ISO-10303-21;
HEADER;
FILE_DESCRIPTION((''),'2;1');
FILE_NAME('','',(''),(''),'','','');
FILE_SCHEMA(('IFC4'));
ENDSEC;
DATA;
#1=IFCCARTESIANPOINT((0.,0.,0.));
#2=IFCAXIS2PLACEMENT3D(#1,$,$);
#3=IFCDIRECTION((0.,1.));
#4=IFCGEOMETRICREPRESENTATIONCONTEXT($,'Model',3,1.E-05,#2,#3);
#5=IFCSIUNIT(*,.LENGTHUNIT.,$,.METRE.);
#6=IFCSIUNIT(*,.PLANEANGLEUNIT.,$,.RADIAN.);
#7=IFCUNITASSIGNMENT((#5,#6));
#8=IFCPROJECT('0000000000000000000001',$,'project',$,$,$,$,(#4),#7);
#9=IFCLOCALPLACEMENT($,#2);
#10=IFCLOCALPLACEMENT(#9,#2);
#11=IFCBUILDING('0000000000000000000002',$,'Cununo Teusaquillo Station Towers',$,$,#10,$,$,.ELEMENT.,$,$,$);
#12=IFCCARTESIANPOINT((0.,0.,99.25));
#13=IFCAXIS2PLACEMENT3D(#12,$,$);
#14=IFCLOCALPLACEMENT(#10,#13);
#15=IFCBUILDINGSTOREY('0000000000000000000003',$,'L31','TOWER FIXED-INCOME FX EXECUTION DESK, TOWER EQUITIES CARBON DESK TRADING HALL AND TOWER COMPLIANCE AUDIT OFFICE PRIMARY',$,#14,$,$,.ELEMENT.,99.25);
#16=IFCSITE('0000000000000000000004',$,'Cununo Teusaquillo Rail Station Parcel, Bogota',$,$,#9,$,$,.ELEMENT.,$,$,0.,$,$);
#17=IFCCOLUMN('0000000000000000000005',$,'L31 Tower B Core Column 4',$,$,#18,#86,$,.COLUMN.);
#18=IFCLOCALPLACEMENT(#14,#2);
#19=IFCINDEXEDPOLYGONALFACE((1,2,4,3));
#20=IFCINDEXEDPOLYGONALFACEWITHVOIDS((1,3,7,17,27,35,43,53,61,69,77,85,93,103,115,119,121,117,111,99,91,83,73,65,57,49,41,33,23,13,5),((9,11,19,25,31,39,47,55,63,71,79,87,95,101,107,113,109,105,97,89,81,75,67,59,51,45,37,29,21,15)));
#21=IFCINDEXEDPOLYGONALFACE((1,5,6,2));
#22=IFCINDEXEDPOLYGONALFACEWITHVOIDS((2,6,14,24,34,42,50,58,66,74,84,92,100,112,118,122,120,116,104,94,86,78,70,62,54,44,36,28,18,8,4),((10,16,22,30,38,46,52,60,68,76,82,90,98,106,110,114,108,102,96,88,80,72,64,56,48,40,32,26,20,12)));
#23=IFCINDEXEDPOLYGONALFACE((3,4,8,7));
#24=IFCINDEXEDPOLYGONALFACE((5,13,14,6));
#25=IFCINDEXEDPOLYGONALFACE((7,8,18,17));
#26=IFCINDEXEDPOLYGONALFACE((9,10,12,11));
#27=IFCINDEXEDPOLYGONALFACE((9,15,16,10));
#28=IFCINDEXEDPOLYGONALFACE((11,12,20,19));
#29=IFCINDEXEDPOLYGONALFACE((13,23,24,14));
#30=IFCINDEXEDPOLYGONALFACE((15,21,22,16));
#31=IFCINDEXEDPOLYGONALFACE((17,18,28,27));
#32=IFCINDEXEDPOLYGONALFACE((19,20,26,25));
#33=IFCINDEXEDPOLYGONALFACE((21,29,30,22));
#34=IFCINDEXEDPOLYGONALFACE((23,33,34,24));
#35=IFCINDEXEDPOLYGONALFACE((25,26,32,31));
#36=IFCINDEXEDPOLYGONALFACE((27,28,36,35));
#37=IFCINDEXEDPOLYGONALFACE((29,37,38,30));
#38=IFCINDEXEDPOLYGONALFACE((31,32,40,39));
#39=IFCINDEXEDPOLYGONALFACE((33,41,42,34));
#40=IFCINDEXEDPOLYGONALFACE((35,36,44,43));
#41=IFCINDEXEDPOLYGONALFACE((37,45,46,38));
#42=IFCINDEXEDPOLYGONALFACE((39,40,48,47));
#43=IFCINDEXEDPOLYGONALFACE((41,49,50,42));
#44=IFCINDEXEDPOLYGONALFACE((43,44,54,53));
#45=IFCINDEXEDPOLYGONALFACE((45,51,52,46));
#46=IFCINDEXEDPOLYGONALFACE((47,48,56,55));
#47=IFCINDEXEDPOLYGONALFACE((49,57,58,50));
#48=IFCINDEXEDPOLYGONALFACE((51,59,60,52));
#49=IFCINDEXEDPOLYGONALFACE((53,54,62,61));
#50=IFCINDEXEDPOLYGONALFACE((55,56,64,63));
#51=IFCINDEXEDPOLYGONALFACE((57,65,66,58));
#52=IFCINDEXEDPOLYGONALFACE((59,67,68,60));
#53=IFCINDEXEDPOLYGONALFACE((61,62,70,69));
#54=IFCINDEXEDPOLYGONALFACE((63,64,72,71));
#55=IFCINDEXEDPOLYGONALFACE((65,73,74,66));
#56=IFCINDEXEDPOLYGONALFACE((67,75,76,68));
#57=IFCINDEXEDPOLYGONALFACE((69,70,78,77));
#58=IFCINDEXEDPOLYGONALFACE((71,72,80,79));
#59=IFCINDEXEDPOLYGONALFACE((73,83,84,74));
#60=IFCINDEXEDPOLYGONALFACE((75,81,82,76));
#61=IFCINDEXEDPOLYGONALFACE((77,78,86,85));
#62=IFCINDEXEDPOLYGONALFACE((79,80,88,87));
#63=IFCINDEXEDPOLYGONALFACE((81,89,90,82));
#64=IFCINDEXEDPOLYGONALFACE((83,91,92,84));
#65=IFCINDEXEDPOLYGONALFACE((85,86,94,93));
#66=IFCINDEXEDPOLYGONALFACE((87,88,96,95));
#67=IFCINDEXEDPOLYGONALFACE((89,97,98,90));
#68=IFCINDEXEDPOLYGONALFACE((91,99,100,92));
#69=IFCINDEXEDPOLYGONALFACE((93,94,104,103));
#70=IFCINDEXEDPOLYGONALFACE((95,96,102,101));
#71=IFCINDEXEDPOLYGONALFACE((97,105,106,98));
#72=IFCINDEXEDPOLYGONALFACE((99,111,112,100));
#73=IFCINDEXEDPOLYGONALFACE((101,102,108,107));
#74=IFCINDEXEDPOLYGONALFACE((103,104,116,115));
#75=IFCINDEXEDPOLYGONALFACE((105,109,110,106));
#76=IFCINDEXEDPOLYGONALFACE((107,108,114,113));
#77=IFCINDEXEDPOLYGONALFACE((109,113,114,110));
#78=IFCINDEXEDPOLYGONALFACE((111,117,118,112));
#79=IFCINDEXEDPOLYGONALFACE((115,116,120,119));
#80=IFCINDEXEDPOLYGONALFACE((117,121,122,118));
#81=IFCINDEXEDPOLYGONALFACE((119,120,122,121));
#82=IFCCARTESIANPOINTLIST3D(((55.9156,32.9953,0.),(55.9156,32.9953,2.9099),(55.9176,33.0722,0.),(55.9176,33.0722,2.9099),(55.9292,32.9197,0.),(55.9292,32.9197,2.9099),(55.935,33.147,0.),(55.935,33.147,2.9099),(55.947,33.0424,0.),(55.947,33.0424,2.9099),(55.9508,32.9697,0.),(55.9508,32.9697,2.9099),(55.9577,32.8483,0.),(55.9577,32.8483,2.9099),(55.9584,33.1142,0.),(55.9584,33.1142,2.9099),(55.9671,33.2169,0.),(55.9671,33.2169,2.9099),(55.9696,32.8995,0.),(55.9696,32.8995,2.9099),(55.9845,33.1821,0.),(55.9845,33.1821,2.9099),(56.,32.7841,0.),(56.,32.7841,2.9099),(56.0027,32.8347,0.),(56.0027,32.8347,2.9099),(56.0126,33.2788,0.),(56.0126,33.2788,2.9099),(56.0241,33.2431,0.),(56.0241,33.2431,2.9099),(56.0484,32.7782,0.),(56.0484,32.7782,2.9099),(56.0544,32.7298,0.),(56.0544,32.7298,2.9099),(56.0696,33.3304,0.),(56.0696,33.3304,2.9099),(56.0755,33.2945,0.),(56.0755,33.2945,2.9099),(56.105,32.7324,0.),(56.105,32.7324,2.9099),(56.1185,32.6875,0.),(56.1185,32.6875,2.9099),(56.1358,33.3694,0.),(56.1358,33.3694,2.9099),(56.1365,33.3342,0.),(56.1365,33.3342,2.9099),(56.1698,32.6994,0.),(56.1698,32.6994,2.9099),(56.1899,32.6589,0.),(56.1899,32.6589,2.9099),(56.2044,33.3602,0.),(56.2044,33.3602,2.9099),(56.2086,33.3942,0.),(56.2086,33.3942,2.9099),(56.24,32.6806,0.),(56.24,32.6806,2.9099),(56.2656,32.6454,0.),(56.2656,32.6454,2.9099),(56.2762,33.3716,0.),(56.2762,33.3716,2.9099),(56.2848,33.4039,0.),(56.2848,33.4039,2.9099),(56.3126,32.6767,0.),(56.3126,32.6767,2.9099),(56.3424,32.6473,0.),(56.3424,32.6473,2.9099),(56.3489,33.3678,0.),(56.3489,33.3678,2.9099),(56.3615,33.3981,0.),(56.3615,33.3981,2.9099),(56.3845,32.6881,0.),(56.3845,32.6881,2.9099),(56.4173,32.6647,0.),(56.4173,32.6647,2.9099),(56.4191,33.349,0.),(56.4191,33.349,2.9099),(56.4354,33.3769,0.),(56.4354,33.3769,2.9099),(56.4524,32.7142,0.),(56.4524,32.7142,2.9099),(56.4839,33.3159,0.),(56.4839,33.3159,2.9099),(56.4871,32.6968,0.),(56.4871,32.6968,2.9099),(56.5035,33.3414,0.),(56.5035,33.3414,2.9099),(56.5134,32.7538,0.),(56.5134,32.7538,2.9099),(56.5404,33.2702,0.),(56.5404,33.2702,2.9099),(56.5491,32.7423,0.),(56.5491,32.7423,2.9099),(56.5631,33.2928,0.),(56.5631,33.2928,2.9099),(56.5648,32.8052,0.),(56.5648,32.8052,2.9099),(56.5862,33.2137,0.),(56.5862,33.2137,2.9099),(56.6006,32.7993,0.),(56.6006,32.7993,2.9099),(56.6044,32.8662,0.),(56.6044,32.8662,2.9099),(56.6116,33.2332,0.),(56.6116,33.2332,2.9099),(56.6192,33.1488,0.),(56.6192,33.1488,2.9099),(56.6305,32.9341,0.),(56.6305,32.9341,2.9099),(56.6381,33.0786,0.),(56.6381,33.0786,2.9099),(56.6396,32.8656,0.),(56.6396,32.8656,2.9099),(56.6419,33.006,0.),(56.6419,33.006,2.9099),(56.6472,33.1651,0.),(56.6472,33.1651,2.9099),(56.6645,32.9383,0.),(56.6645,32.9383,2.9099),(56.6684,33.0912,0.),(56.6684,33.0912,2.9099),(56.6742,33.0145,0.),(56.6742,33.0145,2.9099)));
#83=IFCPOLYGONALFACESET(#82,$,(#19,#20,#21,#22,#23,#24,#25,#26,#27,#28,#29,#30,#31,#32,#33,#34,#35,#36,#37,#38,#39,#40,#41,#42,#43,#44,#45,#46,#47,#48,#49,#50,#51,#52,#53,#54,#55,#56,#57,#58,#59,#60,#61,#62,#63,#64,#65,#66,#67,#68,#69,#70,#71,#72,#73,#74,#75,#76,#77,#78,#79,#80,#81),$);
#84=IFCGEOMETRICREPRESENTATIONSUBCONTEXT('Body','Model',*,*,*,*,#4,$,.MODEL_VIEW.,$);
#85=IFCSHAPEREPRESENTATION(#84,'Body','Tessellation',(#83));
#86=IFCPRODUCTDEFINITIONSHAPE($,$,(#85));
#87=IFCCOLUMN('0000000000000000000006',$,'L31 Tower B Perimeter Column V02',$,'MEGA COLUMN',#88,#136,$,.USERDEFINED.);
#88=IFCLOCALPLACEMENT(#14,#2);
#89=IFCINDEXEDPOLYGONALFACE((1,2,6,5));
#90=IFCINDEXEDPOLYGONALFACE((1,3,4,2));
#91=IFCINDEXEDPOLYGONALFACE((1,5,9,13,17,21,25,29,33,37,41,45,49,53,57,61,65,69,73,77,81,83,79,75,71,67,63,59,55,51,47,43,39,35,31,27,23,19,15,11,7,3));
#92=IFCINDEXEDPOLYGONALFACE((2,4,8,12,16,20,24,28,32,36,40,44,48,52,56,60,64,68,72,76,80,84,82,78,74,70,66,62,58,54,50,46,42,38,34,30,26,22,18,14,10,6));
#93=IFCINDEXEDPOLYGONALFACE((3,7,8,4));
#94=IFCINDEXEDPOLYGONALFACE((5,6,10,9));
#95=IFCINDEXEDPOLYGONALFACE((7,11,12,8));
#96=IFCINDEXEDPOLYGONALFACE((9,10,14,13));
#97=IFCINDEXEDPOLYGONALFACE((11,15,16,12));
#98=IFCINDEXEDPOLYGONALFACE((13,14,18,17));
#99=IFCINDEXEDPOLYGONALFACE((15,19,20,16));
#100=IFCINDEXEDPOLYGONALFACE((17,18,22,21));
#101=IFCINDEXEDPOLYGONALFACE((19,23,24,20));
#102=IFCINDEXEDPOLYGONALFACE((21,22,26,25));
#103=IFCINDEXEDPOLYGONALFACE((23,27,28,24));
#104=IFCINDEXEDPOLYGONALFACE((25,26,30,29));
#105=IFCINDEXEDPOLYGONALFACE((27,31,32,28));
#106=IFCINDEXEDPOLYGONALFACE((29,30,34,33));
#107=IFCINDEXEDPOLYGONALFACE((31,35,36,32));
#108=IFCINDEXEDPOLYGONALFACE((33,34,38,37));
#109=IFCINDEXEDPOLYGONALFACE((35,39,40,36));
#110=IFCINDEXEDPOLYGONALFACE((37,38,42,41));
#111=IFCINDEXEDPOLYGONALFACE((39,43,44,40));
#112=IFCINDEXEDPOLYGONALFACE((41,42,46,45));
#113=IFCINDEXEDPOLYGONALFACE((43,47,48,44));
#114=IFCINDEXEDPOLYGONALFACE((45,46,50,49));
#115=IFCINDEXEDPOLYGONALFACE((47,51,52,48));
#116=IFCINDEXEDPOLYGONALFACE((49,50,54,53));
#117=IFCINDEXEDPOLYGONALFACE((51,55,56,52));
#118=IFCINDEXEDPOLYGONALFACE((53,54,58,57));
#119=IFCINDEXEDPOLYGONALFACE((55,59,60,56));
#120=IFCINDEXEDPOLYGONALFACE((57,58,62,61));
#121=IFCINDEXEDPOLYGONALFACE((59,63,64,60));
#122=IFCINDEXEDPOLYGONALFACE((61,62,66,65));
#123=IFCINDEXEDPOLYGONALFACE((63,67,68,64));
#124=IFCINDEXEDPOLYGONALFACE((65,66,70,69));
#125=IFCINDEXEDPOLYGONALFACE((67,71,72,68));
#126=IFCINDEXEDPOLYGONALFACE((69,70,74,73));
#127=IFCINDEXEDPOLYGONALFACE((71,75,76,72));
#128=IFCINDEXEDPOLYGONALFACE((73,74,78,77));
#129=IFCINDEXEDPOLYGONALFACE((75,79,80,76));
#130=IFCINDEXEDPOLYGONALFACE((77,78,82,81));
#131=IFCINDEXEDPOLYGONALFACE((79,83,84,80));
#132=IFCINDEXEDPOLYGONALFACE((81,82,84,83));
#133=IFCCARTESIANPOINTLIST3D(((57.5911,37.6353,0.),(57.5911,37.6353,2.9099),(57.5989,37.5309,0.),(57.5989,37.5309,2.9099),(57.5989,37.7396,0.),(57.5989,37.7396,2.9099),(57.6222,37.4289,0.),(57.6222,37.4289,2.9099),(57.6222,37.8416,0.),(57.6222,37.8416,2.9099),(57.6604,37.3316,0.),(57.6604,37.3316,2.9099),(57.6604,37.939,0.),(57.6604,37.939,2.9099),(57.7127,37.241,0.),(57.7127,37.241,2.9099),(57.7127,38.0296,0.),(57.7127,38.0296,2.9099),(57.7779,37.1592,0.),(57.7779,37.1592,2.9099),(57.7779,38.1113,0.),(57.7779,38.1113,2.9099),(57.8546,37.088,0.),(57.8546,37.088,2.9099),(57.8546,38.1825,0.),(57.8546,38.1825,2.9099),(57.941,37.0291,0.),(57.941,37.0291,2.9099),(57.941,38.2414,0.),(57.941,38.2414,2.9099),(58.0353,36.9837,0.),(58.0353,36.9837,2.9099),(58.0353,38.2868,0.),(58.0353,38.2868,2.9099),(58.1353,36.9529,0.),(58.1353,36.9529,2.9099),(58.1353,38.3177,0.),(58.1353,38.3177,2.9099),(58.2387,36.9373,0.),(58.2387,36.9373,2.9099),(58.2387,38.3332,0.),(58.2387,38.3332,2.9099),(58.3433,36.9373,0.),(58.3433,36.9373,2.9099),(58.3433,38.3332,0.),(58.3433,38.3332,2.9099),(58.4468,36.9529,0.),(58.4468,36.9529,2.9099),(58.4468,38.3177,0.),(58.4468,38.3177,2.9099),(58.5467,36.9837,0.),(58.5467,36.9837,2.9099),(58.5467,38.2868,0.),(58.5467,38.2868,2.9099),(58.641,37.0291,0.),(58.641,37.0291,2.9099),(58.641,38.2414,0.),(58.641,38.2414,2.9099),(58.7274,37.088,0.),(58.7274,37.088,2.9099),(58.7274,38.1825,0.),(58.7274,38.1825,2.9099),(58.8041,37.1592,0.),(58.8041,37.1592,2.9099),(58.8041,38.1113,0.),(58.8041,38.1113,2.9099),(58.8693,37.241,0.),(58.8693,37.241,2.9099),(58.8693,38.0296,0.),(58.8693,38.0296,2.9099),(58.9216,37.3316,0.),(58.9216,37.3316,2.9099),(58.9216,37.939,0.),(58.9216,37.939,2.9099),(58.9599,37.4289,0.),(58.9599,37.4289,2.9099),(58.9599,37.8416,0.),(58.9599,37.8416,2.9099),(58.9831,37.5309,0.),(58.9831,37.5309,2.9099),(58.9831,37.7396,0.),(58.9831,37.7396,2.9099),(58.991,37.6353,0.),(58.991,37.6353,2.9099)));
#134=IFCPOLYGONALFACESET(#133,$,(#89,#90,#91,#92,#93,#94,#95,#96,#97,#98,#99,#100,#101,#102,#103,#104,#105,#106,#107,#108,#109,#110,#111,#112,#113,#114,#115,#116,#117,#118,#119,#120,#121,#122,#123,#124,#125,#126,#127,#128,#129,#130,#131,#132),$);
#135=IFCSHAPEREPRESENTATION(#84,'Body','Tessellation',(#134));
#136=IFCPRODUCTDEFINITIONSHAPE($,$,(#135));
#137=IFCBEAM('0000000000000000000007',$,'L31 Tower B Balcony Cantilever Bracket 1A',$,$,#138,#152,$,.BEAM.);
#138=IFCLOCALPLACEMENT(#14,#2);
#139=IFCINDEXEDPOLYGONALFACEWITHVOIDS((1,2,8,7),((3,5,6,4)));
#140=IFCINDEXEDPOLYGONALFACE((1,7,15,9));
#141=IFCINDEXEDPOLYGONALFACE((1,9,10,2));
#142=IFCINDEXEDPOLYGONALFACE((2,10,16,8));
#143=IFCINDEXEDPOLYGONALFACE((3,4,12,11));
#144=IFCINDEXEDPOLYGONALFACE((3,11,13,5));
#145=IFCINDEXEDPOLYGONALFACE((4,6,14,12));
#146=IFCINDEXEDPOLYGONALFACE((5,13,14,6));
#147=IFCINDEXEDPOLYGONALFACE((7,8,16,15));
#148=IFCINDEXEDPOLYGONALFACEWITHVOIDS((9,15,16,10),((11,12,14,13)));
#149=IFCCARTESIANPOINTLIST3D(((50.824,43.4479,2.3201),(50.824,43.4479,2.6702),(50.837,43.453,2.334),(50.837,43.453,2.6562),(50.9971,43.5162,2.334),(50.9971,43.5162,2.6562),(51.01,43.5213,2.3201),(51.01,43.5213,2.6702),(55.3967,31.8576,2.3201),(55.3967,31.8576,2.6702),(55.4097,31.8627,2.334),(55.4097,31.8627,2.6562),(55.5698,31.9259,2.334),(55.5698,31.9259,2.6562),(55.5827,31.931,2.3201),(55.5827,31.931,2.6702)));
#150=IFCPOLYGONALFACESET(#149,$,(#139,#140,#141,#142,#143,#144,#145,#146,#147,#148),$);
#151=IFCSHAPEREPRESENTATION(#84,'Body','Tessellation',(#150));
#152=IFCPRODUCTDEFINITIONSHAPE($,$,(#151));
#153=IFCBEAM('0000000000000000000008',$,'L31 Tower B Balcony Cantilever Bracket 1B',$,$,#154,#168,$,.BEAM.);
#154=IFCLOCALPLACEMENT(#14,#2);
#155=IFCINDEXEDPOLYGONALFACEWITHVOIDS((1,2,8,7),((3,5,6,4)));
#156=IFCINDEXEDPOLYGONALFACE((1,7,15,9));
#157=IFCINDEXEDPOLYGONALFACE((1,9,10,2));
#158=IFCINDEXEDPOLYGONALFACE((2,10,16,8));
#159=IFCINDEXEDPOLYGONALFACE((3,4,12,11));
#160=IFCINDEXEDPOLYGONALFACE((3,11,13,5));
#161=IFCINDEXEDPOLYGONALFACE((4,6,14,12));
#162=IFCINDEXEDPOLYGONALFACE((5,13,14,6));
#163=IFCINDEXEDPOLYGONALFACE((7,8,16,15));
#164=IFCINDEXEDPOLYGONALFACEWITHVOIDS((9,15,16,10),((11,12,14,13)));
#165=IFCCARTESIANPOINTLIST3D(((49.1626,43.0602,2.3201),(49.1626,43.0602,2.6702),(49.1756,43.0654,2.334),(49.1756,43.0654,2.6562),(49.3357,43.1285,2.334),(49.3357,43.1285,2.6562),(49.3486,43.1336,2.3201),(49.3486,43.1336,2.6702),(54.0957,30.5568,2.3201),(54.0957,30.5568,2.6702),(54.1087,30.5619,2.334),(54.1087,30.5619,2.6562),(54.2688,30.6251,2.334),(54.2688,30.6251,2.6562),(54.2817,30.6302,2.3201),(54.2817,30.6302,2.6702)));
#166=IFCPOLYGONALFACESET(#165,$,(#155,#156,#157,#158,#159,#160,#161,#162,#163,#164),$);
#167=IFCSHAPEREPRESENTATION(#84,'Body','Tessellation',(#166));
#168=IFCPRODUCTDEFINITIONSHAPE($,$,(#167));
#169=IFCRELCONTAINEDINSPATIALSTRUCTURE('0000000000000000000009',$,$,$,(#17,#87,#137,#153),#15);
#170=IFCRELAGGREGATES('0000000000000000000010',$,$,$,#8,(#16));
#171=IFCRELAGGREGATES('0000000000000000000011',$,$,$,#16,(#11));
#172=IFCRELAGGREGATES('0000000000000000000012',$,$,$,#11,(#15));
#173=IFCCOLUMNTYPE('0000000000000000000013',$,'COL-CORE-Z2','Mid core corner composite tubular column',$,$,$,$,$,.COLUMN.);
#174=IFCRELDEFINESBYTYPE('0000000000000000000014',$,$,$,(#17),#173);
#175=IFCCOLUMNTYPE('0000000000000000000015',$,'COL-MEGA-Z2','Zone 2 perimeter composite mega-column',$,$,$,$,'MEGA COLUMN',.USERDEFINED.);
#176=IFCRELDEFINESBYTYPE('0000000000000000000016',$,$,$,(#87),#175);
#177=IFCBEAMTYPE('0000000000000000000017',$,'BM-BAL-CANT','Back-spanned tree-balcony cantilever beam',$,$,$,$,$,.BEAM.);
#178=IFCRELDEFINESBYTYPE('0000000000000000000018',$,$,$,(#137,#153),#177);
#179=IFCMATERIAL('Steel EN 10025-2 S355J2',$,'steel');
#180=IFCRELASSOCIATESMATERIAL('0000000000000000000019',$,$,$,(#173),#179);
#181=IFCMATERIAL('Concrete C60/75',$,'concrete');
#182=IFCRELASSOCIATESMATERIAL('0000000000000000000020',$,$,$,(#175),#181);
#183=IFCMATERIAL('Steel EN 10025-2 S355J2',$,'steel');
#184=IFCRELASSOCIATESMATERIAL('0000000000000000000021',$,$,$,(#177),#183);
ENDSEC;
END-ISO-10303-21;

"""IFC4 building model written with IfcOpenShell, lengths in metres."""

from ifc_helpers import new_model, si_unit, direction, frame, origin, origin_2d, place, context, subcontext, project, spatial, hollow_rectangle, circle, hollow_circle, extrude, material, material_profile, profile_set, type_object, element, save


model = new_model("IFC4")

# Units and contexts
model_context = context("Model", 3, precision=1e-05, world=origin(), true_north=direction((0.0, 1.0)))
body_context = subcontext(model_context, "Body", "Model", "MODEL_VIEW")
ifc_project = project(units=[si_unit("LENGTHUNIT", "METRE"), si_unit("PLANEANGLEUNIT", "RADIAN")], contexts=[model_context])

# Site, building, storey
site_placement = place(None, origin())
site = spatial("IfcSite", under=ifc_project, at=site_placement, Name="Cununo Teusaquillo Rail Station Parcel, Bogota", CompositionType="ELEMENT", RefElevation=0.0)
building_placement = place(site_placement, origin())
building = spatial("IfcBuilding", under=site, at=building_placement, Name="Cununo Teusaquillo Station Towers", CompositionType="ELEMENT")
storey_placement = place(building_placement, frame((0.0, 0.0, 99.25)))
storey = spatial("IfcBuildingStorey", under=building, at=storey_placement, Name="L31", Description="TOWER FIXED-INCOME FX EXECUTION DESK, TOWER EQUITIES CARBON DESK TRADING HALL AND TOWER COMPLIANCE AUDIT OFFICE PRIMARY", CompositionType="ELEMENT", Elevation=99.25)

# Columns
ifc_material_1 = material(Name="Steel EN 10025-2 S355J2", Category="steel")
ifc_material_profile_1 = material_profile(ifc_material_1, hollow_circle(Radius=0.3799, WallThickness=0.032, at=origin_2d()), Name="CHS 760x32")
ifc_profile_set_1 = profile_set([ifc_material_profile_1], Name="Steel EN 10025-2 S355J2")
column_type_1 = type_object("IfcColumnType", Name="COL-CORE-Z2", Description="Mid core corner composite tubular column", PredefinedType="COLUMN", material=ifc_profile_set_1)
column_1_placement = place(storey_placement, frame((56.2944, 33.0242, 0.0), z_axis=(0.0, 0.0, 1.0), x_axis=(0.707107, 0.707107, 0.0)))
element("IfcColumn", 1, at=column_1_placement, inside=storey, type_object=column_type_1, Name="L31 Tower B Core Column 4", PredefinedType="COLUMN", context=body_context, shape_type="SweptSolid", body=[
    extrude(hollow_circle(Radius=0.3799, WallThickness=0.032, at=origin_2d()), origin(), (0.0, 0.0, 1.0), 2.9099),
])
ifc_material_2 = material(Name="Concrete C60/75", Category="concrete")
ifc_material_profile_2 = material_profile(ifc_material_2, circle(Radius=0.7, at=origin_2d()), Name="RC-CIRC-1400")
ifc_profile_set_2 = profile_set([ifc_material_profile_2], Name="Concrete C60/75")
column_type_2 = type_object("IfcColumnType", Name="COL-MEGA-Z2", Description="Zone 2 perimeter composite mega-column", ElementType="MEGA COLUMN", PredefinedType="USERDEFINED", material=ifc_profile_set_2)
column_2_placement = place(storey_placement, frame((58.291, 37.6353, 0.0), z_axis=(0.0, 0.0, 1.0), x_axis=(1.0, 0.0, 0.0)))
element("IfcColumn", 2, at=column_2_placement, inside=storey, type_object=column_type_2, Name="L31 Tower B Perimeter Column V02", ObjectType="MEGA COLUMN", PredefinedType="USERDEFINED", context=body_context, shape_type="SweptSolid", body=[
    extrude(circle(Radius=0.7, at=origin_2d()), origin(), (0.0, 0.0, 1.0), 2.9099),
])

# Beams
ifc_material_3 = material(Name="Steel EN 10025-2 S355J2", Category="steel")
ifc_material_profile_3 = material_profile(ifc_material_3, hollow_rectangle(XDim=0.2, YDim=0.3501, WallThickness=0.0139, at=origin_2d()), Name="RHS 350x200x14")
ifc_profile_set_3 = profile_set([ifc_material_profile_3], Name="Steel EN 10025-2 S355J2")
beam_type_1 = type_object("IfcBeamType", Name="BM-BAL-CANT", Description="Back-spanned tree-balcony cantilever beam", PredefinedType="BEAM", material=ifc_profile_set_3)
beam_1_placement = place(storey_placement, frame((55.4897, 31.8943, 2.4951), z_axis=(-0.367001, 0.93022, 0.0), x_axis=(-0.93022, -0.367001, 0.0)))
element("IfcBeam", 3, at=beam_1_placement, inside=storey, type_object=beam_type_1, Name="L31 Tower B Balcony Cantilever Bracket 1A", PredefinedType="BEAM", context=body_context, shape_type="SweptSolid", body=[
    extrude(hollow_rectangle(XDim=0.2, YDim=0.3501, WallThickness=0.0139, at=origin_2d()), origin(), (0.0, 0.0, 1.0), 12.4597),
])
beam_2_placement = place(storey_placement, frame((54.1887, 30.5935, 2.4951), z_axis=(-0.367009, 0.930218, 0.0), x_axis=(-0.930218, -0.367009, 0.0)))
element("IfcBeam", 4, at=beam_2_placement, inside=storey, type_object=beam_type_1, Name="L31 Tower B Balcony Cantilever Bracket 1B", PredefinedType="BEAM", context=body_context, shape_type="SweptSolid", body=[
    extrude(hollow_rectangle(XDim=0.2, YDim=0.3501, WallThickness=0.0139, at=origin_2d()), origin(), (0.0, 0.0, 1.0), 13.4414),
])

save(model, "model.ifc")
